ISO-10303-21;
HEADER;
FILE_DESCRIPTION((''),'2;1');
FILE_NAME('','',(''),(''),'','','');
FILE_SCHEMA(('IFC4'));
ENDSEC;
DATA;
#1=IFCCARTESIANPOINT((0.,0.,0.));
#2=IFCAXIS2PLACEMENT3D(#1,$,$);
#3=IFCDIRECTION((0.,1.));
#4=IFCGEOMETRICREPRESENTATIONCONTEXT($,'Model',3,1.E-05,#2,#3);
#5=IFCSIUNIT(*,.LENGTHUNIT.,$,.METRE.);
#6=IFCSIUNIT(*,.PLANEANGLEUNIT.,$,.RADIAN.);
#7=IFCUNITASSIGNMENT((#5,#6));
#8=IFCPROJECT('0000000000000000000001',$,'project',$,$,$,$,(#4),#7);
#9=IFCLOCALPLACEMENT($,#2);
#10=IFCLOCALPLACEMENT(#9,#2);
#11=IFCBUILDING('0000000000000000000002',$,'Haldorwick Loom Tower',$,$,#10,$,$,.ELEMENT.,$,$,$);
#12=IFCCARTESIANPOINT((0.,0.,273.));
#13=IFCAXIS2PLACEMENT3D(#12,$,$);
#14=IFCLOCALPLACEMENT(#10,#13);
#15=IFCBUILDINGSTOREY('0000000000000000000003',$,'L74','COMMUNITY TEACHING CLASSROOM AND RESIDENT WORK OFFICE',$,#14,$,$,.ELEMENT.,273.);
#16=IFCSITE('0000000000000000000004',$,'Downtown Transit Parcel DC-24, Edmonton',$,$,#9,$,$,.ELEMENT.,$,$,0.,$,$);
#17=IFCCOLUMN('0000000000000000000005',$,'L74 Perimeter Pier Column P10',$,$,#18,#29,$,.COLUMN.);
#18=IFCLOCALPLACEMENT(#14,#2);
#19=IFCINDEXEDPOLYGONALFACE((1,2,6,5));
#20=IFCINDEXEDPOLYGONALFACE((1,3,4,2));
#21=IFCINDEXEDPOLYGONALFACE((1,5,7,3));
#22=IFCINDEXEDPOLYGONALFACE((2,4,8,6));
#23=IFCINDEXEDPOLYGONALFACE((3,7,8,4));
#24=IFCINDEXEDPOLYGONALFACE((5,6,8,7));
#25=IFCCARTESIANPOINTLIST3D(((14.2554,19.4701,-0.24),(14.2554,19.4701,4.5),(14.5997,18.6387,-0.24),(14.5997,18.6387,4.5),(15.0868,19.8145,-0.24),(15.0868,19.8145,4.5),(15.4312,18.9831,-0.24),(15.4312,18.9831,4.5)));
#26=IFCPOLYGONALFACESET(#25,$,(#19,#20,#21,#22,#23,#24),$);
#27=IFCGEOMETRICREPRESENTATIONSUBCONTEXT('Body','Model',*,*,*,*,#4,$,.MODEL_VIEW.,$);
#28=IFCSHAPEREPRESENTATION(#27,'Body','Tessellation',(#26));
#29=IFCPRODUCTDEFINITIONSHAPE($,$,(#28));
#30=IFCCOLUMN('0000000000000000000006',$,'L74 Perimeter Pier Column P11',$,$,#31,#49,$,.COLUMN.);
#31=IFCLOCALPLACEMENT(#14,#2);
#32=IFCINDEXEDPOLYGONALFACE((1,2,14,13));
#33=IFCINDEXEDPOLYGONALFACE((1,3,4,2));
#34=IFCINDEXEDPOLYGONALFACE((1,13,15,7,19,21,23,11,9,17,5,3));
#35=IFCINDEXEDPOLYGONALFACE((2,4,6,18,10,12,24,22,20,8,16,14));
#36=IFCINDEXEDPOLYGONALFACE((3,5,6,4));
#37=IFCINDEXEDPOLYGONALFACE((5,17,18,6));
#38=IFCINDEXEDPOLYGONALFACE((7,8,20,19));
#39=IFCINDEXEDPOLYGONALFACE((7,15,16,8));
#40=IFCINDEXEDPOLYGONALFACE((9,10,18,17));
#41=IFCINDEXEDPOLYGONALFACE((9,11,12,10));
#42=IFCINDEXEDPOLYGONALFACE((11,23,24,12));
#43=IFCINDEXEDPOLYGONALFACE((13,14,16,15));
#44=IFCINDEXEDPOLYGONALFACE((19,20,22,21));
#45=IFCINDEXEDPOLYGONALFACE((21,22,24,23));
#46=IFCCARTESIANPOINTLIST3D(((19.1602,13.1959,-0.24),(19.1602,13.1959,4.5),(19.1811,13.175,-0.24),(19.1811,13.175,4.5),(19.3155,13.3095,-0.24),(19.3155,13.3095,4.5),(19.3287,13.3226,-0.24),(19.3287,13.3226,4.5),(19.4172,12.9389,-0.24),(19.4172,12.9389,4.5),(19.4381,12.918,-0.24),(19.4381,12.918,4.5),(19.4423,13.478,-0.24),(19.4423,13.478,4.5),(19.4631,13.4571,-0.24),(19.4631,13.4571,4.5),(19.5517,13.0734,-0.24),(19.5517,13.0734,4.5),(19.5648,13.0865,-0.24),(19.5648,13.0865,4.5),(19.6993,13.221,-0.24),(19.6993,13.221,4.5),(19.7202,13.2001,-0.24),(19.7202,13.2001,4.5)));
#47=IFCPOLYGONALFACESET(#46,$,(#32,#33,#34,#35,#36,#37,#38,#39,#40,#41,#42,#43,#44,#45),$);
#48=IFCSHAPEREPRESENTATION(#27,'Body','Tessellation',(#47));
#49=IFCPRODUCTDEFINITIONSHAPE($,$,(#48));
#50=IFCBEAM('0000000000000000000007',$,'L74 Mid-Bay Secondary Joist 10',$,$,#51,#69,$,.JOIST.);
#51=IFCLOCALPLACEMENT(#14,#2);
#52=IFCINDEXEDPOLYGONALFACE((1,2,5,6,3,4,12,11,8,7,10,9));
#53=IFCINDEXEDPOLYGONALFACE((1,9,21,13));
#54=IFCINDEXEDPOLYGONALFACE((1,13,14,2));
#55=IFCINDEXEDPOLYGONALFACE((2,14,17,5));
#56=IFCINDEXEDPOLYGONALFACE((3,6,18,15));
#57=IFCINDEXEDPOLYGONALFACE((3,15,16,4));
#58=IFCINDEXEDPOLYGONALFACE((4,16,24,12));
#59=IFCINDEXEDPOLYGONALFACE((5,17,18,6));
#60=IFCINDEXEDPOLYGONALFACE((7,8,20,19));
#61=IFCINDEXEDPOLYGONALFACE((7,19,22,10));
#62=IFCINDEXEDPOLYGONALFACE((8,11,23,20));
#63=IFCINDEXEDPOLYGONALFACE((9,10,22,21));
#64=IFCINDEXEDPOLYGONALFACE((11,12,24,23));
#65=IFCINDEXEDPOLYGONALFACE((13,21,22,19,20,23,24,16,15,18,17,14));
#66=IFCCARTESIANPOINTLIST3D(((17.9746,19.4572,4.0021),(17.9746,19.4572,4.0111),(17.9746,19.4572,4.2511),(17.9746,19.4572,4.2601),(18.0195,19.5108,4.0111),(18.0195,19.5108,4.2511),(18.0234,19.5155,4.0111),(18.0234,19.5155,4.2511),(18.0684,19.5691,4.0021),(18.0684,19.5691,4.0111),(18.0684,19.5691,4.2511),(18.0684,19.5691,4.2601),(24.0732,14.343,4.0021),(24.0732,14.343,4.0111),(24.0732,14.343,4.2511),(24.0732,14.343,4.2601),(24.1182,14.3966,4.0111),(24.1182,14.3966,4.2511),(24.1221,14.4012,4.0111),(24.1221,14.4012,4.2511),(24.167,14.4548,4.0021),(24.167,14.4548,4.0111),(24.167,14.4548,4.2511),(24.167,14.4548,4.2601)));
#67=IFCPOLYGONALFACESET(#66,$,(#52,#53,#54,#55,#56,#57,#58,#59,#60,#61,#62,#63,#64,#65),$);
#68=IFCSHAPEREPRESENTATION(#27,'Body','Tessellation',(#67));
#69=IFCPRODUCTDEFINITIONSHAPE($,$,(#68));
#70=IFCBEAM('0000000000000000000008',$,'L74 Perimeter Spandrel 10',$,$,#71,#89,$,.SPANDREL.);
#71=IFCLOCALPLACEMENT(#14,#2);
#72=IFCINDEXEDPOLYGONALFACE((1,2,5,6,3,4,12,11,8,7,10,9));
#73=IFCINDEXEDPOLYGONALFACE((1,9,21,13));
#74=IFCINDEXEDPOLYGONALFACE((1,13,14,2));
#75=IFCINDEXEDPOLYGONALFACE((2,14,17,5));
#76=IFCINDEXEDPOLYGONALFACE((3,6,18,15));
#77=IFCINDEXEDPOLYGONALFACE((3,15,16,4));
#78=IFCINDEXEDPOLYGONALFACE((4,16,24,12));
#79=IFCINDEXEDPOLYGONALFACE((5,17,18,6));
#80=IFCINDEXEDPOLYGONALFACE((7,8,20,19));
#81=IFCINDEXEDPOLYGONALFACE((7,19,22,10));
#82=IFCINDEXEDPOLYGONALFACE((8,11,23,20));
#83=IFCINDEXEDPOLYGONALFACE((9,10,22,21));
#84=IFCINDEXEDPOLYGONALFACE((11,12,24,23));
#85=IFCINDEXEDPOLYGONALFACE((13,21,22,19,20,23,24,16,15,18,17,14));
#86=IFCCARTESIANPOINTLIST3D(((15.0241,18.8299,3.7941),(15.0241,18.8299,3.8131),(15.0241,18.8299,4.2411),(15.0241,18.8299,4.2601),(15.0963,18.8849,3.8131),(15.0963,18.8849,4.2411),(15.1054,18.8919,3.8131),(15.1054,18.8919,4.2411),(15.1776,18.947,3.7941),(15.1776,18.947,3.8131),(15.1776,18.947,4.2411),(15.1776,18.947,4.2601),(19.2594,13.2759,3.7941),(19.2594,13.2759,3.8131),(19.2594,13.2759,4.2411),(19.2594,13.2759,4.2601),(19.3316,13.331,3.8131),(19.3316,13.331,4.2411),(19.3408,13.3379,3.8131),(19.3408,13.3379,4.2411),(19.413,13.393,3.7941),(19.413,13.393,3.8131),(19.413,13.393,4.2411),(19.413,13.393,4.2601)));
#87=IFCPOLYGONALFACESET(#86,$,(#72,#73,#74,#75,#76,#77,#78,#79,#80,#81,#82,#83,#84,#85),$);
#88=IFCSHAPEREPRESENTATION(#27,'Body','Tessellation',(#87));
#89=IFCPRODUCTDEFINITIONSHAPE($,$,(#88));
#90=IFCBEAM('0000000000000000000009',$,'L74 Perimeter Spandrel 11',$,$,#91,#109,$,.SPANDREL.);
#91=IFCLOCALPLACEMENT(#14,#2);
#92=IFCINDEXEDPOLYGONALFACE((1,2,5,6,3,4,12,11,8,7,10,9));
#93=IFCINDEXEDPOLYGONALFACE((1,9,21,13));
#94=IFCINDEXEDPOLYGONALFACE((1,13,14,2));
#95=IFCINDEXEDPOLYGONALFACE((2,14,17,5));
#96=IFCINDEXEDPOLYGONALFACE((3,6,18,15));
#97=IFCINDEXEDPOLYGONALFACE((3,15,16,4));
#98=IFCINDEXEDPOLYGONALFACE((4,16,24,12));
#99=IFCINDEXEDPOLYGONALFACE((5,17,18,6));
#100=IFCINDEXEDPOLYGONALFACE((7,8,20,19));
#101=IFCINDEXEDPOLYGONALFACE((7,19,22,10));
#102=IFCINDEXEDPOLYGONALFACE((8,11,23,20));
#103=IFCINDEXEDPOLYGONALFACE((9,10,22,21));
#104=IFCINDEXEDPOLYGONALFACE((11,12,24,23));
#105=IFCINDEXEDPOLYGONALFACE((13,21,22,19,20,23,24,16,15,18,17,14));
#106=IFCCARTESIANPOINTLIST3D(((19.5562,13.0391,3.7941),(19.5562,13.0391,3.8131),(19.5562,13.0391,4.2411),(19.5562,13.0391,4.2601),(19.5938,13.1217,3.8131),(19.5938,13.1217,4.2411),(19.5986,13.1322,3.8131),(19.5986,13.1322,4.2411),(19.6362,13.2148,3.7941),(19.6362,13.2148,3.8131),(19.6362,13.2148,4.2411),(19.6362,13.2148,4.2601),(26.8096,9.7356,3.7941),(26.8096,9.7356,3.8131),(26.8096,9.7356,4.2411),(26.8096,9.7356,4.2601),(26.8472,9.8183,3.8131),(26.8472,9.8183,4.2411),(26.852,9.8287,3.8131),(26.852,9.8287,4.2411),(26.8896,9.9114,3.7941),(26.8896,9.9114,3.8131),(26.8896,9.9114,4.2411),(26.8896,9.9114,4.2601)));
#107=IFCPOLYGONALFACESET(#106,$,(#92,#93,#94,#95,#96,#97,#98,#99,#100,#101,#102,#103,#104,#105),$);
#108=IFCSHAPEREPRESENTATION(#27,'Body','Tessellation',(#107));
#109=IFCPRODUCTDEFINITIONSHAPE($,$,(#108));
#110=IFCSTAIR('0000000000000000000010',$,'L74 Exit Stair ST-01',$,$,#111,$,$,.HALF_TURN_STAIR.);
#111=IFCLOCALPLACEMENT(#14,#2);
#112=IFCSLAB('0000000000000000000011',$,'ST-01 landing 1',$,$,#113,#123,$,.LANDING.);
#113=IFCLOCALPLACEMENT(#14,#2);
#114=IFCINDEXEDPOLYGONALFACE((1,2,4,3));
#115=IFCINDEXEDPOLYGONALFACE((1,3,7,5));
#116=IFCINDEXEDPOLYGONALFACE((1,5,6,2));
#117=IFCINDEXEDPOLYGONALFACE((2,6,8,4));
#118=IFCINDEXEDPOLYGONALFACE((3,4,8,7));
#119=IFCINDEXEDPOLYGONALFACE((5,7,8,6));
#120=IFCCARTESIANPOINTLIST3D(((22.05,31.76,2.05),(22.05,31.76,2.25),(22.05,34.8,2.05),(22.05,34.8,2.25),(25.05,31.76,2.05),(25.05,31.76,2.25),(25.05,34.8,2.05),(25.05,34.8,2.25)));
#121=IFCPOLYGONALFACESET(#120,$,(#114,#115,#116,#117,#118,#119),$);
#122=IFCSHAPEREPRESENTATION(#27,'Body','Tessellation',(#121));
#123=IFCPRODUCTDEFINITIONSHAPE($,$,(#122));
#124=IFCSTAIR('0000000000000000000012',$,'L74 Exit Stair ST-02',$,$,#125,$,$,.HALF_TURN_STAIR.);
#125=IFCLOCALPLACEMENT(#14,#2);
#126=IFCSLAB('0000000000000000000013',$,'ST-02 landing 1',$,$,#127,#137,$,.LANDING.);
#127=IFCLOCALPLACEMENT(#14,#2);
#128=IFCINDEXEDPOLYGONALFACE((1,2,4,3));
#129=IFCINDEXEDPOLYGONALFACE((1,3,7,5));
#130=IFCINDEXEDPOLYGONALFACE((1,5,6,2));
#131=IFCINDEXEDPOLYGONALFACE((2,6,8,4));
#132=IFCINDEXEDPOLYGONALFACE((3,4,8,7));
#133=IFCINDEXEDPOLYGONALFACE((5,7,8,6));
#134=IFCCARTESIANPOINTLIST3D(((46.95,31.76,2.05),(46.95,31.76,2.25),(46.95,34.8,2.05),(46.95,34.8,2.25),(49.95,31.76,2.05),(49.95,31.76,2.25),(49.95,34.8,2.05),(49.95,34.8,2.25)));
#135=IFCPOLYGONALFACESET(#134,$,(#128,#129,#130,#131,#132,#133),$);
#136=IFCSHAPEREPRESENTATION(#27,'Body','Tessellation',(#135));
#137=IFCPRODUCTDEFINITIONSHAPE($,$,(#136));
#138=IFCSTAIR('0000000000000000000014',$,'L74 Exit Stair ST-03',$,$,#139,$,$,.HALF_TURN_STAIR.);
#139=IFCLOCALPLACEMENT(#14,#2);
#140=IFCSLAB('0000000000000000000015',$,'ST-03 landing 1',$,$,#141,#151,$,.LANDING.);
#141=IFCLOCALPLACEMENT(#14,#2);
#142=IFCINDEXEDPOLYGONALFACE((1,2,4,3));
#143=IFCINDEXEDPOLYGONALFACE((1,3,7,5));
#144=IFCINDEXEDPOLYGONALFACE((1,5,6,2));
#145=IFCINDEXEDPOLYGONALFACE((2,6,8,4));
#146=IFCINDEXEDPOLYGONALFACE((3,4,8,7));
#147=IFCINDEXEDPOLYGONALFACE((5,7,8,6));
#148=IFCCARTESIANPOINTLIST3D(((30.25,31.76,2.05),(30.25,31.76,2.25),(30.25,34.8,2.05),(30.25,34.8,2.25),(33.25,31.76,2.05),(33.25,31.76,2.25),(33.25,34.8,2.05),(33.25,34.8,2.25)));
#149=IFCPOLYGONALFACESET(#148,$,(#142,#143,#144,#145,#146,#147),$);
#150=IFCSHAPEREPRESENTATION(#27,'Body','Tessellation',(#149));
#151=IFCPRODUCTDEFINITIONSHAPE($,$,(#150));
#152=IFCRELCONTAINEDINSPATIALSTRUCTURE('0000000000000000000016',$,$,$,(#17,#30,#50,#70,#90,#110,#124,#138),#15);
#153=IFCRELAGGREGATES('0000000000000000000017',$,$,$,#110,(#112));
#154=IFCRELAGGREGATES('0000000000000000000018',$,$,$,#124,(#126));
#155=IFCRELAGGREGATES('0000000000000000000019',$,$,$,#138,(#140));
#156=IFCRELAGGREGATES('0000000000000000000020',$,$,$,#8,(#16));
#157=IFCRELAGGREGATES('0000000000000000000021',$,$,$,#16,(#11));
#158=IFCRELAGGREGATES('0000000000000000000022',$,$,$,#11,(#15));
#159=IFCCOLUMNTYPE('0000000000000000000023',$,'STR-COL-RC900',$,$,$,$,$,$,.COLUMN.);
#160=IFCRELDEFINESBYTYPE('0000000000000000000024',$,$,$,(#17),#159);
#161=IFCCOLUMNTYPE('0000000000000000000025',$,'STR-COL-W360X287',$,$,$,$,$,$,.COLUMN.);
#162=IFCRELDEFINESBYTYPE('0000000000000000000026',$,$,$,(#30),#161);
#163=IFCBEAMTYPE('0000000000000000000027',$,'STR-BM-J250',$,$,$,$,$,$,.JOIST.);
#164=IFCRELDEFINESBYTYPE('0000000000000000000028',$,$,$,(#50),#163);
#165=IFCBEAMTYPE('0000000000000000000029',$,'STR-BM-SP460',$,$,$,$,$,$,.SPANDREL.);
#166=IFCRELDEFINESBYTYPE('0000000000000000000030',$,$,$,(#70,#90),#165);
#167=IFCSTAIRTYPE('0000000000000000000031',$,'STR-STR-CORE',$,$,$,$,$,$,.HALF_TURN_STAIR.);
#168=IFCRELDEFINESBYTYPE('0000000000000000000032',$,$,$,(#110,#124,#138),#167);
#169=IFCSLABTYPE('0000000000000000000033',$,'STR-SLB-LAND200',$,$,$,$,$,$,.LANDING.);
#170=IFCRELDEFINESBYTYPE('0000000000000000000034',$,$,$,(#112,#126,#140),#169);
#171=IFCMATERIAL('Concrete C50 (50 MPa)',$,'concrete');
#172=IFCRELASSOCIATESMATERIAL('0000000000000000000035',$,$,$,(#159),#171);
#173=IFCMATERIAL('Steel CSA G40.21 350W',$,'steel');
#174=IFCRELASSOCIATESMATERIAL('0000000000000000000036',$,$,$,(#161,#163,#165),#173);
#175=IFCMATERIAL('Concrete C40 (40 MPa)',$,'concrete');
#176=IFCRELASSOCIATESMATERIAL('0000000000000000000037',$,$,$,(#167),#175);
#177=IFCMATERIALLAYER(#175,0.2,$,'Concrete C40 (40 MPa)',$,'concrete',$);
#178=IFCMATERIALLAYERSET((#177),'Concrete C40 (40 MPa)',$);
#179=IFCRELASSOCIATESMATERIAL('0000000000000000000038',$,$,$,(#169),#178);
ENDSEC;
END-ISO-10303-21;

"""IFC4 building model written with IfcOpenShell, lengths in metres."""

from ifc_helpers import new_model, si_unit, direction, frame, origin, origin_2d, place, context, subcontext, project, spatial, polyline, rectangle, i_section, outline, extrude, material, layer, layer_set, material_profile, profile_set, type_object, element, aggregate, save


model = new_model("IFC4")

# Units and contexts
model_context = context("Model", 3, precision=1e-05, world=origin(), true_north=direction((0.0, 1.0)))
body_context = subcontext(model_context, "Body", "Model", "MODEL_VIEW")
ifc_project = project(units=[si_unit("LENGTHUNIT", "METRE"), si_unit("PLANEANGLEUNIT", "RADIAN")], contexts=[model_context])

# Site, building, storey
site_placement = place(None, origin())
site = spatial("IfcSite", under=ifc_project, at=site_placement, Name="Downtown Transit Parcel DC-24, Edmonton", CompositionType="ELEMENT", RefElevation=0.0)
building_placement = place(site_placement, origin())
building = spatial("IfcBuilding", under=site, at=building_placement, Name="Haldorwick Loom Tower", CompositionType="ELEMENT")
storey_placement = place(building_placement, frame((0.0, 0.0, 273.0)))
storey = spatial("IfcBuildingStorey", under=building, at=storey_placement, Name="L74", Description="COMMUNITY TEACHING CLASSROOM AND RESIDENT WORK OFFICE", CompositionType="ELEMENT", Elevation=273.0)

# Columns
ifc_material_1 = material(Name="Concrete C50 (50 MPa)", Category="concrete")
ifc_material_profile_1 = material_profile(ifc_material_1, rectangle(XDim=0.8999, YDim=0.8999, at=origin_2d()), Name="RC900X900", Category="concrete")
ifc_profile_set_1 = profile_set([ifc_material_profile_1], Name="Concrete C50 (50 MPa)")
column_type_1 = type_object("IfcColumnType", Name="STR-COL-RC900", PredefinedType="COLUMN", material=ifc_profile_set_1)
column_1_placement = place(storey_placement, frame((14.8433, 19.2266, -0.24), z_axis=(0.0, 0.0, 1.0), x_axis=(-0.92388, -0.382683, 0.0)))
element("IfcColumn", 1, at=column_1_placement, inside=storey, type_object=column_type_1, Name="L74 Perimeter Pier Column P10", PredefinedType="COLUMN", context=body_context, shape_type="SweptSolid", body=[
    extrude(rectangle(XDim=0.8999, YDim=0.8999, at=origin_2d()), origin(), (0.0, 0.0, 1.0), 4.74),
])
ifc_material_2 = material(Name="Steel CSA G40.21 350W", Category="steel")
ifc_material_profile_2 = material_profile(ifc_material_2, i_section(OverallWidth=0.3989, OverallDepth=0.3931, WebThickness=0.0186, FlangeThickness=0.0295, at=origin_2d()), Name="W360X287", Category="steel")
ifc_profile_set_2 = profile_set([ifc_material_profile_2], Name="Steel CSA G40.21 350W")
column_type_2 = type_object("IfcColumnType", Name="STR-COL-W360X287", PredefinedType="COLUMN", material=ifc_profile_set_2)
column_2_placement = place(storey_placement, frame((19.4402, 13.198, -0.24), z_axis=(0.0, 0.0, 1.0), x_axis=(-0.707107, -0.707107, 0.0)))
element("IfcColumn", 2, at=column_2_placement, inside=storey, type_object=column_type_2, Name="L74 Perimeter Pier Column P11", PredefinedType="COLUMN", context=body_context, shape_type="SweptSolid", body=[
    extrude(i_section(OverallWidth=0.3989, OverallDepth=0.3931, WebThickness=0.0186, FlangeThickness=0.0295, at=origin_2d()), origin(), (0.0, 0.0, 1.0), 4.74),
])

# Beams
ifc_material_profile_3 = material_profile(ifc_material_2, i_section(OverallWidth=0.146, OverallDepth=0.2581, WebThickness=0.0061, FlangeThickness=0.009, at=origin_2d()), Name="W250X33", Category="steel")
ifc_profile_set_3 = profile_set([ifc_material_profile_3], Name="Steel CSA G40.21 350W")
beam_type_1 = type_object("IfcBeamType", Name="STR-BM-J250", PredefinedType="JOIST", material=ifc_profile_set_3)
beam_1_placement = place(storey_placement, frame((18.0215, 19.5132, 4.1311), z_axis=(0.766236, -0.642559, 0.0), x_axis=(0.642559, 0.766236, 0.0)))
element("IfcBeam", 3, at=beam_1_placement, inside=storey, type_object=beam_type_1, Name="L74 Mid-Bay Secondary Joist 10", PredefinedType="JOIST", context=body_context, shape_type="SweptSolid", body=[
    extrude(i_section(OverallWidth=0.146, OverallDepth=0.2581, WebThickness=0.0061, FlangeThickness=0.009, at=origin_2d()), origin(), (0.0, 0.0, 1.0), 7.9592),
])
ifc_material_profile_4 = material_profile(ifc_material_2, i_section(OverallWidth=0.1931, OverallDepth=0.4661, WebThickness=0.0115, FlangeThickness=0.019, at=origin_2d()), Name="W460X97", Category="steel")
ifc_profile_set_4 = profile_set([ifc_material_profile_4], Name="Steel CSA G40.21 350W")
beam_type_2 = type_object("IfcBeamType", Name="STR-BM-SP460", PredefinedType="SPANDREL", material=ifc_profile_set_4)
beam_2_placement = place(storey_placement, frame((15.1008, 18.8884, 4.0271), z_axis=(0.606384, -0.795172, 0.0), x_axis=(0.795172, 0.606384, 0.0)))
element("IfcBeam", 4, at=beam_2_placement, inside=storey, type_object=beam_type_2, Name="L74 Perimeter Spandrel 10", PredefinedType="SPANDREL", context=body_context, shape_type="SweptSolid", body=[
    extrude(i_section(OverallWidth=0.1931, OverallDepth=0.4661, WebThickness=0.0115, FlangeThickness=0.019, at=origin_2d()), origin(), (0.0, 0.0, 1.0), 6.9846),
])
beam_3_placement = place(storey_placement, frame((19.5962, 13.127, 4.0271), z_axis=(0.910061, -0.414474, 0.0), x_axis=(0.414474, 0.910061, 0.0)))
element("IfcBeam", 5, at=beam_3_placement, inside=storey, type_object=beam_type_2, Name="L74 Perimeter Spandrel 11", PredefinedType="SPANDREL", context=body_context, shape_type="SweptSolid", body=[
    extrude(i_section(OverallWidth=0.1931, OverallDepth=0.4661, WebThickness=0.0115, FlangeThickness=0.019, at=origin_2d()), origin(), (0.0, 0.0, 1.0), 7.9702),
])

# Stairs, slabs
ifc_material_3 = material(Name="Concrete C40 (40 MPa)", Category="concrete")
stair_type = type_object("IfcStairType", Name="STR-STR-CORE", PredefinedType="HALF_TURN_STAIR", material=ifc_material_3)
stair_1_placement = place(storey_placement, origin())
stair_1 = element("IfcStair", 6, at=stair_1_placement, inside=storey, type_object=stair_type, Name="L74 Exit Stair ST-01", PredefinedType="HALF_TURN_STAIR")
ifc_layer_1 = layer(ifc_material_3, 0.2, Name="Concrete C40 (40 MPa)", Category="concrete")
ifc_layer_set_1 = layer_set([ifc_layer_1], Name="Concrete C40 (40 MPa)")
slab_type_1 = type_object("IfcSlabType", Name="STR-SLB-LAND200", PredefinedType="LANDING", material=ifc_layer_set_1)
slab_1_placement = place(storey_placement, frame((0.0, 0.0, 2.05)))
slab_1 = element("IfcSlab", 7, at=slab_1_placement, type_object=slab_type_1, Name="ST-01 landing 1", PredefinedType="LANDING", context=body_context, shape_type="SweptSolid", body=[
    extrude(outline(polyline([(25.05, 31.76), (25.05, 34.8), (22.05, 34.8), (22.05, 31.76), (25.05, 31.76)])), origin(), (0.0, 0.0, 1.0), 0.2),
])
aggregate(stair_1, [slab_1])
stair_2_placement = place(storey_placement, origin())
stair_2 = element("IfcStair", 8, at=stair_2_placement, inside=storey, type_object=stair_type, Name="L74 Exit Stair ST-02", PredefinedType="HALF_TURN_STAIR")
slab_2_placement = place(storey_placement, frame((0.0, 0.0, 2.05)))
slab_2 = element("IfcSlab", 9, at=slab_2_placement, type_object=slab_type_1, Name="ST-02 landing 1", PredefinedType="LANDING", context=body_context, shape_type="SweptSolid", body=[
    extrude(outline(polyline([(49.95, 31.76), (49.95, 34.8), (46.95, 34.8), (46.95, 31.76), (49.95, 31.76)])), origin(), (0.0, 0.0, 1.0), 0.2),
])
aggregate(stair_2, [slab_2])
stair_3_placement = place(storey_placement, origin())
stair_3 = element("IfcStair", 10, at=stair_3_placement, inside=storey, type_object=stair_type, Name="L74 Exit Stair ST-03", PredefinedType="HALF_TURN_STAIR")
slab_3_placement = place(storey_placement, frame((0.0, 0.0, 2.05)))
slab_3 = element("IfcSlab", 11, at=slab_3_placement, type_object=slab_type_1, Name="ST-03 landing 1", PredefinedType="LANDING", context=body_context, shape_type="SweptSolid", body=[
    extrude(outline(polyline([(33.25, 31.76), (33.25, 34.8), (30.25, 34.8), (30.25, 31.76), (33.25, 31.76)])), origin(), (0.0, 0.0, 1.0), 0.2),
])
aggregate(stair_3, [slab_3])

save(model, "model.ifc")
